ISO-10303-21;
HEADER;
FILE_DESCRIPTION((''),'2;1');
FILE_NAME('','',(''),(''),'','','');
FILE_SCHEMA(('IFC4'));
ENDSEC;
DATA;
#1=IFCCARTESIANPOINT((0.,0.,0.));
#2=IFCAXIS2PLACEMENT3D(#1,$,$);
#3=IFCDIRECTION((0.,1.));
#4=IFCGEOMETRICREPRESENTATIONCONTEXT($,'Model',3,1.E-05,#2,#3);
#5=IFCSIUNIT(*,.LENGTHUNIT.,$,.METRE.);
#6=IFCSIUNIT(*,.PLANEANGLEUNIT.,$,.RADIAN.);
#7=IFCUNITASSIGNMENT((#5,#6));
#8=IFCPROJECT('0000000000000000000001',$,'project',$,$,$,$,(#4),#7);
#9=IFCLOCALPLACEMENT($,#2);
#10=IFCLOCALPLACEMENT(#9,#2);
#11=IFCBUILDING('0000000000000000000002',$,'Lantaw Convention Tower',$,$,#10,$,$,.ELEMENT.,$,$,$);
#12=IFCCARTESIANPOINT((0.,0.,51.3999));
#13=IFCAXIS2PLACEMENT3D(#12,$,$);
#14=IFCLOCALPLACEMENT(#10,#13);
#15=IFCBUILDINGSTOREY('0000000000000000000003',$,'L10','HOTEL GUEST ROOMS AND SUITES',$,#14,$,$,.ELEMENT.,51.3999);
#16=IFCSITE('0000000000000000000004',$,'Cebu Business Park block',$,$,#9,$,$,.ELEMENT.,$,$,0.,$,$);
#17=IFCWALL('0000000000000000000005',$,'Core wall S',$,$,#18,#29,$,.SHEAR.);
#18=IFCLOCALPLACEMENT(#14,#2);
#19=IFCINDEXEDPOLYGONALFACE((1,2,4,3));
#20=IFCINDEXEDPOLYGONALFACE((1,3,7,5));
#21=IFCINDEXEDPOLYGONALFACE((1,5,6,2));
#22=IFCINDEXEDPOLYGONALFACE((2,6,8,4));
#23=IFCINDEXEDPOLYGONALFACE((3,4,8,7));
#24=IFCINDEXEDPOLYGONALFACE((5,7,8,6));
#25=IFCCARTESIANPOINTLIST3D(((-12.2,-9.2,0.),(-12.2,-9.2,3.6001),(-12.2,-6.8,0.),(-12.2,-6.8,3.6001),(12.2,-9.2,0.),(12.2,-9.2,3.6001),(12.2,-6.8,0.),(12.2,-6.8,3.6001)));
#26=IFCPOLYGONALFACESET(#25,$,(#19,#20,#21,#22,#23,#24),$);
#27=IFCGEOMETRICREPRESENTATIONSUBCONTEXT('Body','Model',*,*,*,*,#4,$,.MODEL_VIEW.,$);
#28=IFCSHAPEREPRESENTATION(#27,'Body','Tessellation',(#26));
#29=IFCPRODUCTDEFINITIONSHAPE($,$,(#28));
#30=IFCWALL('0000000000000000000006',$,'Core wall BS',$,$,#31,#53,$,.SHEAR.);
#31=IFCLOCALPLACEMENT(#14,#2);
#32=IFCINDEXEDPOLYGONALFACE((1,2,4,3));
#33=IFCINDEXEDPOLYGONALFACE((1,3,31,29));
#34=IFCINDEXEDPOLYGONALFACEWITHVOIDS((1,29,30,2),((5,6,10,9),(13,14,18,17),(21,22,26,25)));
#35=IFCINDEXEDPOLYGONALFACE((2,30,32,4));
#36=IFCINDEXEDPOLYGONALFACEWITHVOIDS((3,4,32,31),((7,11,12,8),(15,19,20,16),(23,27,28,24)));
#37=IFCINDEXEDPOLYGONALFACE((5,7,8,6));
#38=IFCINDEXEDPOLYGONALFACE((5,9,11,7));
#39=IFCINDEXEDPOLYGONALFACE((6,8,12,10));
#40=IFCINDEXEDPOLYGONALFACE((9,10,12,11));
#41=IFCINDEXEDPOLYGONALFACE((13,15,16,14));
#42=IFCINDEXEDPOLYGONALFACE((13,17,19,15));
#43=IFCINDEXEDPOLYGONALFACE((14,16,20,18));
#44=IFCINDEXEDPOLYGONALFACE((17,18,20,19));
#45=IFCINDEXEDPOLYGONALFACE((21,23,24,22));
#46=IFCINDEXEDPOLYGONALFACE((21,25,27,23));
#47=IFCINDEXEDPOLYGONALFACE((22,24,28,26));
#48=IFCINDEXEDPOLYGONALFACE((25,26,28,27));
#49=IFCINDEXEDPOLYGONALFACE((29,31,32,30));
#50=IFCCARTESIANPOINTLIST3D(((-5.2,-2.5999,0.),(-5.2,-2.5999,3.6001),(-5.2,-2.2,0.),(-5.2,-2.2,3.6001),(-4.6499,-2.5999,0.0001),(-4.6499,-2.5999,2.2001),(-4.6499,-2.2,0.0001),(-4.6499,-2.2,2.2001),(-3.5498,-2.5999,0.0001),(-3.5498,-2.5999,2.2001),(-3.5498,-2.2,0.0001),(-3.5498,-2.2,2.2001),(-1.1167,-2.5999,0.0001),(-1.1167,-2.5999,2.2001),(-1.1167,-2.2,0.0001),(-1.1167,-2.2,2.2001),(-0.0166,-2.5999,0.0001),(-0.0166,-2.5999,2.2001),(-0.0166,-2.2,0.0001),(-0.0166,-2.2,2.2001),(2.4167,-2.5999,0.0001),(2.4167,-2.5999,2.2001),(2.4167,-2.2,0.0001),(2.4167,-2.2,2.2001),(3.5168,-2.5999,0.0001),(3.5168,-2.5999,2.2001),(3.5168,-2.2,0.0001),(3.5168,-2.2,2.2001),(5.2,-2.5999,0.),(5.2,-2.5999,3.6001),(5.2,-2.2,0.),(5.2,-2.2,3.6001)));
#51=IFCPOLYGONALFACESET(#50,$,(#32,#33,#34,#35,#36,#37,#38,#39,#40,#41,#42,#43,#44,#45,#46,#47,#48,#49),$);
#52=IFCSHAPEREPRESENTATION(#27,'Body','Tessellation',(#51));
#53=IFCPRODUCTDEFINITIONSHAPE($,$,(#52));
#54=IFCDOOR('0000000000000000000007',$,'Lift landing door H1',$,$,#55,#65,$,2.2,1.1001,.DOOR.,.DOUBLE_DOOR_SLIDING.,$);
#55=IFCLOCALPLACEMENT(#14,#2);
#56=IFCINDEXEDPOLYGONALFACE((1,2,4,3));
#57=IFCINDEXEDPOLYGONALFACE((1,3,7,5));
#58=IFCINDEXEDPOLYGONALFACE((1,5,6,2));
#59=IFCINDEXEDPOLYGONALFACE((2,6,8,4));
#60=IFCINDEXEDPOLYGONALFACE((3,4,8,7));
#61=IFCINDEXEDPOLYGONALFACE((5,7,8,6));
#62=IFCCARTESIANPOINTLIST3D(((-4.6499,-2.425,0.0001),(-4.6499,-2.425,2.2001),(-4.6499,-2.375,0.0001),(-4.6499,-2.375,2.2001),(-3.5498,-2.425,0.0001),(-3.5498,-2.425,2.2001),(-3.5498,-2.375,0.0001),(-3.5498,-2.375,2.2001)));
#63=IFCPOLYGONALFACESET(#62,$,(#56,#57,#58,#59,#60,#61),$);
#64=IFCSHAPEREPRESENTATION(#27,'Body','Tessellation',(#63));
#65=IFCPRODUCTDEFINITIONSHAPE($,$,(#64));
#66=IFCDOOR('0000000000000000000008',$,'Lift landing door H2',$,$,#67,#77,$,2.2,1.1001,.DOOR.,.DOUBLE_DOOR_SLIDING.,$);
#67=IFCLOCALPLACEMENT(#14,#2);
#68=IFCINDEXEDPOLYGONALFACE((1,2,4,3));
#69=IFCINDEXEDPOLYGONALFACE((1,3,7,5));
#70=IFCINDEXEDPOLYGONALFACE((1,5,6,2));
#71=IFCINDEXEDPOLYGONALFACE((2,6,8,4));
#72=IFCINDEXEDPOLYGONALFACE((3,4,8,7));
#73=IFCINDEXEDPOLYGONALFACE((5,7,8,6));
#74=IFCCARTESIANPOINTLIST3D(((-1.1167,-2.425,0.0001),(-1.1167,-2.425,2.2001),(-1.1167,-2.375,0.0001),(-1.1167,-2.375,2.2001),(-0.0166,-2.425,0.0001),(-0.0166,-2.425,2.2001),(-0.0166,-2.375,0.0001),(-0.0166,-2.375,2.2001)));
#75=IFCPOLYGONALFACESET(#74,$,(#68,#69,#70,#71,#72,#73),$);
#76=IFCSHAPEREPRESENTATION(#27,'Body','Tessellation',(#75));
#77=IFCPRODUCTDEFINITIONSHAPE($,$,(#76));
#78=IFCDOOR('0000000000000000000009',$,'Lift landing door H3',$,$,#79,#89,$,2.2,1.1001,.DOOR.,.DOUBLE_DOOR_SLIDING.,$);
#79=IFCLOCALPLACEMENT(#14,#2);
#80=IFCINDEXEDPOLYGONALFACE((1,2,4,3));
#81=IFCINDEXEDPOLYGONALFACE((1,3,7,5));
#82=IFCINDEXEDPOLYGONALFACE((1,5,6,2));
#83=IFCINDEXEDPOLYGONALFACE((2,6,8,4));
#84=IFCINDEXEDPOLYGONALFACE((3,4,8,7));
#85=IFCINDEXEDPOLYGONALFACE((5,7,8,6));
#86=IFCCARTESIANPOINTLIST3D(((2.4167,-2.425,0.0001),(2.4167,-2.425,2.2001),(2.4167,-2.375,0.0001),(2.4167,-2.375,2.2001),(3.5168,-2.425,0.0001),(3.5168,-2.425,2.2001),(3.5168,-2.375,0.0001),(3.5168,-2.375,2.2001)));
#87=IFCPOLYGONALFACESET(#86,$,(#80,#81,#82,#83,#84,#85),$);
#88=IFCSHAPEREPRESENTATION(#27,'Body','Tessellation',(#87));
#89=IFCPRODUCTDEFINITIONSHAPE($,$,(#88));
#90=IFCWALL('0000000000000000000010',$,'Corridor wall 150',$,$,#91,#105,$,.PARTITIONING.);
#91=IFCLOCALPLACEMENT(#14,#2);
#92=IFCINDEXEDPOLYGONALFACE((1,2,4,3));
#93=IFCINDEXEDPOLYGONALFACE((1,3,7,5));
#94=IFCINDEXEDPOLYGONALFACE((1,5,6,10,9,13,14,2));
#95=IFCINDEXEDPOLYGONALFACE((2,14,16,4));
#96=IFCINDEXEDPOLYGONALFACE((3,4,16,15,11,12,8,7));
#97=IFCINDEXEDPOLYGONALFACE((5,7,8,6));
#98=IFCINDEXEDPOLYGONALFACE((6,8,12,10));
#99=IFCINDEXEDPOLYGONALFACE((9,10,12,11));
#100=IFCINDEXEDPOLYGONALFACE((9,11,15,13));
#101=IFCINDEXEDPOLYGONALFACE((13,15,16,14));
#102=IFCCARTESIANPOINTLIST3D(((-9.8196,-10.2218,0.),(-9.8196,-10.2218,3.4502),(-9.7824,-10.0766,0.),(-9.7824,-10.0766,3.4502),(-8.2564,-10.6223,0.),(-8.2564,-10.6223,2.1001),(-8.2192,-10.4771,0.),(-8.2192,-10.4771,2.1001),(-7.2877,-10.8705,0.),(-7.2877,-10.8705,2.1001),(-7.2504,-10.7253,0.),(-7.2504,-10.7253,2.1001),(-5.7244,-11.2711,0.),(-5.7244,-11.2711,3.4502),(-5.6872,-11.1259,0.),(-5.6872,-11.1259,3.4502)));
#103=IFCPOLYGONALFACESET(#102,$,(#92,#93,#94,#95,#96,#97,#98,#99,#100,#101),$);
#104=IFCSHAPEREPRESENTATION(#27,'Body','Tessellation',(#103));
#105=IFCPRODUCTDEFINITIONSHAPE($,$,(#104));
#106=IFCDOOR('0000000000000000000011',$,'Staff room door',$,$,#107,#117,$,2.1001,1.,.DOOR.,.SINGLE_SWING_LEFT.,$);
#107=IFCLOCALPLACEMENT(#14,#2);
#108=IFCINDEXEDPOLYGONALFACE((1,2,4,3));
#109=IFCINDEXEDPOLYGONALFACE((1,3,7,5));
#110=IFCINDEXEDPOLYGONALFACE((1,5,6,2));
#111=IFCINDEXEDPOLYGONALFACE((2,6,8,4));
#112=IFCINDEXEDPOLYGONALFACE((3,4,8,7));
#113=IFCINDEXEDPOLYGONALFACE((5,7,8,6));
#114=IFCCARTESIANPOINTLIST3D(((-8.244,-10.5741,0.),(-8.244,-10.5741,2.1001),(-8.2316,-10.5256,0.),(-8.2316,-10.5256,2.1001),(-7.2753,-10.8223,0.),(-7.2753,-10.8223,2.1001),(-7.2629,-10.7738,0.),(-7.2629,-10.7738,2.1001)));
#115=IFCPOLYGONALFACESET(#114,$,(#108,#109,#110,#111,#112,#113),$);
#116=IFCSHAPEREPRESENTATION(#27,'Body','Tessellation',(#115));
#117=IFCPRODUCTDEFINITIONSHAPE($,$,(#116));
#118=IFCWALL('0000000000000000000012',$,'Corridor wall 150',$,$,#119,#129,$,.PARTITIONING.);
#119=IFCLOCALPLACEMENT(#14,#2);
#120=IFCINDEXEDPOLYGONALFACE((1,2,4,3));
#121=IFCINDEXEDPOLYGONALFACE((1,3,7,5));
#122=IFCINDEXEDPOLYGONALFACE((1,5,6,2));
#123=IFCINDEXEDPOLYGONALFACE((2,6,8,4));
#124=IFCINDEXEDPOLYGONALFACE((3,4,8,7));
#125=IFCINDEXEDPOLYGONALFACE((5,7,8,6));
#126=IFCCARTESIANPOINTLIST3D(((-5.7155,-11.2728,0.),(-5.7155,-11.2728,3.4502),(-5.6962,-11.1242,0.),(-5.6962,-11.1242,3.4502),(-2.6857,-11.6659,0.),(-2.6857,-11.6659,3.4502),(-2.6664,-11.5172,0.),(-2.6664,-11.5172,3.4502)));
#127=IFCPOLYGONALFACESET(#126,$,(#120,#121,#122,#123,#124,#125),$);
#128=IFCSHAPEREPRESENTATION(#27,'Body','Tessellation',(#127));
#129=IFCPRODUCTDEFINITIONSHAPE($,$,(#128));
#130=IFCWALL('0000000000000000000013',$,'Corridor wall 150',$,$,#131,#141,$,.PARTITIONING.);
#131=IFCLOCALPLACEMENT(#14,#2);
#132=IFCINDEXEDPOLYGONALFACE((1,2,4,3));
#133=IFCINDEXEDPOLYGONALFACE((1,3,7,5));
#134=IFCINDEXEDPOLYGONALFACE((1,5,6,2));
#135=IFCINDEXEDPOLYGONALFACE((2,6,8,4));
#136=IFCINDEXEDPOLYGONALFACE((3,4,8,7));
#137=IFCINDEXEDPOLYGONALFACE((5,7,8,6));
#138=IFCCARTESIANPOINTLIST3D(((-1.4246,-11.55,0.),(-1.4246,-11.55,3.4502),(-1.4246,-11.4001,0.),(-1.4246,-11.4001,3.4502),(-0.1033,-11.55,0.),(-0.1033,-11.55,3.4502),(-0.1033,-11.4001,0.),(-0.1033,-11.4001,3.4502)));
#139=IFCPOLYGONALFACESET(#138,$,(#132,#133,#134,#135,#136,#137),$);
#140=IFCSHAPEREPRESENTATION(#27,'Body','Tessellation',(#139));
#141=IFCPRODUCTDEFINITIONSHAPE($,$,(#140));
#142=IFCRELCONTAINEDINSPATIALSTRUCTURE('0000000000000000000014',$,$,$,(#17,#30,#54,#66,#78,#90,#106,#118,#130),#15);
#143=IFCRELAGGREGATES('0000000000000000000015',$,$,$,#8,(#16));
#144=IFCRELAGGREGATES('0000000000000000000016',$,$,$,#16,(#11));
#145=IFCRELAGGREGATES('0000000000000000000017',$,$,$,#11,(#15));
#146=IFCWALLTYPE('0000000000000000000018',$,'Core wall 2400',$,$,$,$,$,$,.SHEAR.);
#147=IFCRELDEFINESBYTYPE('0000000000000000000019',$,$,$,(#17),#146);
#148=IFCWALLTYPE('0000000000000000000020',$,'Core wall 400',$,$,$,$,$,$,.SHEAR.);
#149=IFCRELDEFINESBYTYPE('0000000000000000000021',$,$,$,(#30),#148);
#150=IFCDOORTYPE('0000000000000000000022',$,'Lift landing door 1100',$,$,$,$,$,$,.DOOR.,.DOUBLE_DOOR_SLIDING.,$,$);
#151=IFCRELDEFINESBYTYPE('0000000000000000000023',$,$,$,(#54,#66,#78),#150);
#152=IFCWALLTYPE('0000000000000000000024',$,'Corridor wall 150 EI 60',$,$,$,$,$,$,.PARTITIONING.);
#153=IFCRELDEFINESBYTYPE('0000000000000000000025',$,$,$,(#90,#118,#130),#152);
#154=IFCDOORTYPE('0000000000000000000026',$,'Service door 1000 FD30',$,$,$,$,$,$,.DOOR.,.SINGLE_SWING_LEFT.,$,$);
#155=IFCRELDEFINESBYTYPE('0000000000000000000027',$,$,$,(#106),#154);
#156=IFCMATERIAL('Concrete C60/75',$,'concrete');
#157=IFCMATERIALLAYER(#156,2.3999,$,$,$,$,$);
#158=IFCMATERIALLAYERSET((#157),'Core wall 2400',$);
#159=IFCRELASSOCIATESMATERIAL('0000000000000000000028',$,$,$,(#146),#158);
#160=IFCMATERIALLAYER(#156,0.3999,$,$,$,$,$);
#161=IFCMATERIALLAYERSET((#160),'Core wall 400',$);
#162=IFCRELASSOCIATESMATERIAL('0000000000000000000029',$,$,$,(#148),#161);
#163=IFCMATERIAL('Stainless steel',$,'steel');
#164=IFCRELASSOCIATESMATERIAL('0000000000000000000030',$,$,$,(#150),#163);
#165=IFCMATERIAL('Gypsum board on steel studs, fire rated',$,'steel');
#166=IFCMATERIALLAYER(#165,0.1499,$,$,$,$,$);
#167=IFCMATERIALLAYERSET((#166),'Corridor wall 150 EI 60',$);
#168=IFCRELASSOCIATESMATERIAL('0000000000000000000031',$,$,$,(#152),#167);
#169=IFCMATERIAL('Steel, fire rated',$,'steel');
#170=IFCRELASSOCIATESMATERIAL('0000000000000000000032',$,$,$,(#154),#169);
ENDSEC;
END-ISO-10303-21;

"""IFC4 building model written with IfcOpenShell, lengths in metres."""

from ifc_helpers import new_model, si_unit, direction, frame, frame_2d, origin, place, context, subcontext, project, spatial, rectangle, extrude, material, layer, layer_set, type_object, element, fill, save


model = new_model("IFC4")

# Units and contexts
model_context = context("Model", 3, precision=1e-05, world=origin(), true_north=direction((0.0, 1.0)))
body_context = subcontext(model_context, "Body", "Model", "MODEL_VIEW")
ifc_project = project(units=[si_unit("LENGTHUNIT", "METRE"), si_unit("PLANEANGLEUNIT", "RADIAN")], contexts=[model_context])

# Site, building, storey
site_placement = place(None, origin())
site = spatial("IfcSite", under=ifc_project, at=site_placement, Name="Cebu Business Park block", CompositionType="ELEMENT", RefElevation=0.0)
building_placement = place(site_placement, origin())
building = spatial("IfcBuilding", under=site, at=building_placement, Name="Lantaw Convention Tower", CompositionType="ELEMENT")
storey_placement = place(building_placement, frame((0.0, 0.0, 51.3999)))
storey = spatial("IfcBuildingStorey", under=building, at=storey_placement, Name="L10", Description="HOTEL GUEST ROOMS AND SUITES", CompositionType="ELEMENT", Elevation=51.3999)

# Shared definitions
ifc_material_1 = material(Name="Concrete C60/75", Category="concrete")
ifc_material_2 = material(Name="Steel, fire rated", Category="steel")

# Wall
ifc_layer_1 = layer(ifc_material_1, 2.3999)
ifc_layer_set_1 = layer_set([ifc_layer_1], Name="Core wall 2400")
wall_type_1 = type_object("IfcWallType", Name="Core wall 2400", PredefinedType="SHEAR", material=ifc_layer_set_1)
wall_1_placement = place(storey_placement, frame((-12.2, -8.0, 0.0), z_axis=(0.0, 0.0, 1.0), x_axis=(1.0, 0.0, 0.0)))
element("IfcWall", 1, at=wall_1_placement, inside=storey, type_object=wall_type_1, Name="Core wall S", PredefinedType="SHEAR", context=body_context, shape_type="SweptSolid", body=[
    extrude(rectangle(XDim=24.3999, YDim=2.3999, at=frame_2d((12.2, 0.0))), origin(), (0.0, 0.0, 1.0), 3.6001),
])

# Wall, openings, doors
ifc_layer_2 = layer(ifc_material_1, 0.3999)
ifc_layer_set_2 = layer_set([ifc_layer_2], Name="Core wall 400")
wall_type_2 = type_object("IfcWallType", Name="Core wall 400", PredefinedType="SHEAR", material=ifc_layer_set_2)
wall_2_placement = place(storey_placement, frame((-5.2, -2.3999, 0.0), z_axis=(0.0, 0.0, 1.0), x_axis=(1.0, 0.0, 0.0)))
wall_2 = element("IfcWall", 2, at=wall_2_placement, inside=storey, type_object=wall_type_2, Name="Core wall BS", PredefinedType="SHEAR", context=body_context, shape_type="SweptSolid", body=[
    extrude(rectangle(XDim=10.3999, YDim=0.3999, at=frame_2d((5.2, 0.0))), origin(), (0.0, 0.0, 1.0), 3.6001),
])
opening_1_placement = place(wall_2_placement, frame((0.55, 0.0, 0.0)))
opening_1 = element("IfcOpeningElement", 3, at=opening_1_placement, cuts=wall_2, PredefinedType="OPENING", context=body_context, shape_type="SweptSolid", body=[
    extrude(rectangle(XDim=1.1001, YDim=2.2, at=frame_2d((0.55, 1.1001))), frame((0.0, 0.21, 0.0), z_axis=(0.0, -1.0, 0.0), x_axis=(1.0, 0.0, 0.0)), (0.0, 0.0, 1.0), 0.4199),
])
opening_2_placement = place(wall_2_placement, frame((4.0833, 0.0, 0.0)))
opening_2 = element("IfcOpeningElement", 4, at=opening_2_placement, cuts=wall_2, PredefinedType="OPENING", context=body_context, shape_type="SweptSolid", body=[
    extrude(rectangle(XDim=1.1001, YDim=2.2, at=frame_2d((0.55, 1.1001))), frame((0.0, 0.21, 0.0), z_axis=(0.0, -1.0, 0.0), x_axis=(1.0, 0.0, 0.0)), (0.0, 0.0, 1.0), 0.4199),
])
opening_3_placement = place(wall_2_placement, frame((7.6167, 0.0, 0.0)))
opening_3 = element("IfcOpeningElement", 5, at=opening_3_placement, cuts=wall_2, PredefinedType="OPENING", context=body_context, shape_type="SweptSolid", body=[
    extrude(rectangle(XDim=1.1001, YDim=2.2, at=frame_2d((0.55, 1.1001))), frame((0.0, 0.21, 0.0), z_axis=(0.0, -1.0, 0.0), x_axis=(1.0, 0.0, 0.0)), (0.0, 0.0, 1.0), 0.4199),
])
ifc_material_3 = material(Name="Stainless steel", Category="steel")
door_type_1 = type_object("IfcDoorType", Name="Lift landing door 1100", OperationType="DOUBLE_DOOR_SLIDING", PredefinedType="DOOR", material=ifc_material_3)
door_1_placement = place(opening_1_placement, origin())
door_1 = element("IfcDoor", 6, at=door_1_placement, inside=storey, type_object=door_type_1, Name="Lift landing door H1", OperationType="DOUBLE_DOOR_SLIDING", OverallHeight=2.2, OverallWidth=1.1001, PredefinedType="DOOR", context=body_context, shape_type="SweptSolid", body=[
    extrude(rectangle(XDim=1.1001, YDim=2.2, at=frame_2d((0.55, 1.1001))), frame((0.0, 0.0249, 0.0), z_axis=(0.0, -1.0, 0.0), x_axis=(1.0, 0.0, 0.0)), (0.0, 0.0, 1.0), 0.05),
])
fill(opening_1, door_1)
door_2_placement = place(opening_2_placement, origin())
door_2 = element("IfcDoor", 7, at=door_2_placement, inside=storey, type_object=door_type_1, Name="Lift landing door H2", OperationType="DOUBLE_DOOR_SLIDING", OverallHeight=2.2, OverallWidth=1.1001, PredefinedType="DOOR", context=body_context, shape_type="SweptSolid", body=[
    extrude(rectangle(XDim=1.1001, YDim=2.2, at=frame_2d((0.55, 1.1001))), frame((0.0, 0.0249, 0.0), z_axis=(0.0, -1.0, 0.0), x_axis=(1.0, 0.0, 0.0)), (0.0, 0.0, 1.0), 0.05),
])
fill(opening_2, door_2)
door_3_placement = place(opening_3_placement, origin())
door_3 = element("IfcDoor", 8, at=door_3_placement, inside=storey, type_object=door_type_1, Name="Lift landing door H3", OperationType="DOUBLE_DOOR_SLIDING", OverallHeight=2.2, OverallWidth=1.1001, PredefinedType="DOOR", context=body_context, shape_type="SweptSolid", body=[
    extrude(rectangle(XDim=1.1001, YDim=2.2, at=frame_2d((0.55, 1.1001))), frame((0.0, 0.0249, 0.0), z_axis=(0.0, -1.0, 0.0), x_axis=(1.0, 0.0, 0.0)), (0.0, 0.0, 1.0), 0.05),
])
fill(opening_3, door_3)

# Wall, opening, door
ifc_material_4 = material(Name="Gypsum board on steel studs, fire rated", Category="steel")
ifc_layer_3 = layer(ifc_material_4, 0.1499)
ifc_layer_set_3 = layer_set([ifc_layer_3], Name="Corridor wall 150 EI 60")
wall_type_3 = type_object("IfcWallType", Name="Corridor wall 150 EI 60", PredefinedType="PARTITIONING", material=ifc_layer_set_3)
wall_3_placement = place(storey_placement, frame((-9.801, -10.1492, 0.0), z_axis=(0.0, 0.0, 1.0), x_axis=(0.968706, -0.248211, 0.0)))
wall_3 = element("IfcWall", 9, at=wall_3_placement, inside=storey, type_object=wall_type_3, Name="Corridor wall 150", PredefinedType="PARTITIONING", context=body_context, shape_type="SweptSolid", body=[
    extrude(rectangle(XDim=4.2275, YDim=0.1499, at=frame_2d((2.1138, 0.0))), origin(), (0.0, 0.0, 1.0), 3.4502),
])
opening_4_placement = place(wall_3_placement, frame((1.6138, 0.0, 0.0)))
opening_4 = element("IfcOpeningElement", 10, at=opening_4_placement, cuts=wall_3, PredefinedType="OPENING", context=body_context, shape_type="SweptSolid", body=[
    extrude(rectangle(XDim=1.0, YDim=2.1001, at=frame_2d((0.5, 1.05))), frame((0.0, 0.085, 0.0), z_axis=(0.0, -1.0, 0.0), x_axis=(1.0, 0.0, 0.0)), (0.0, 0.0, 1.0), 0.1699),
])
door_type_2 = type_object("IfcDoorType", Name="Service door 1000 FD30", OperationType="SINGLE_SWING_LEFT", PredefinedType="DOOR", material=ifc_material_2)
door_4_placement = place(opening_4_placement, origin())
door_4 = element("IfcDoor", 11, at=door_4_placement, inside=storey, type_object=door_type_2, Name="Staff room door", OperationType="SINGLE_SWING_LEFT", OverallHeight=2.1001, OverallWidth=1.0, PredefinedType="DOOR", context=body_context, shape_type="SweptSolid", body=[
    extrude(rectangle(XDim=1.0, YDim=2.1001, at=frame_2d((0.5, 1.05))), frame((0.0, 0.0249, 0.0), z_axis=(0.0, -1.0, 0.0), x_axis=(1.0, 0.0, 0.0)), (0.0, 0.0, 1.0), 0.05),
])
fill(opening_4, door_4)

# Walls
wall_4_placement = place(storey_placement, frame((-5.7058, -11.1985, 0.0), z_axis=(0.0, 0.0, 1.0), x_axis=(0.991689, -0.128656, 0.0)))
element("IfcWall", 12, at=wall_4_placement, inside=storey, type_object=wall_type_3, Name="Corridor wall 150", PredefinedType="PARTITIONING", context=body_context, shape_type="SweptSolid", body=[
    extrude(rectangle(XDim=3.0552, YDim=0.1499, at=frame_2d((1.5276, 0.0))), origin(), (0.0, 0.0, 1.0), 3.4502),
])
wall_5_placement = place(storey_placement, frame((-1.4246, -11.4751, 0.0), z_axis=(0.0, 0.0, 1.0), x_axis=(1.0, 0.0, 0.0)))
element("IfcWall", 13, at=wall_5_placement, inside=storey, type_object=wall_type_3, Name="Corridor wall 150", PredefinedType="PARTITIONING", context=body_context, shape_type="SweptSolid", body=[
    extrude(rectangle(XDim=1.3213, YDim=0.1499, at=frame_2d((0.6606, 0.0))), origin(), (0.0, 0.0, 1.0), 3.4502),
])

save(model, "model.ifc")
